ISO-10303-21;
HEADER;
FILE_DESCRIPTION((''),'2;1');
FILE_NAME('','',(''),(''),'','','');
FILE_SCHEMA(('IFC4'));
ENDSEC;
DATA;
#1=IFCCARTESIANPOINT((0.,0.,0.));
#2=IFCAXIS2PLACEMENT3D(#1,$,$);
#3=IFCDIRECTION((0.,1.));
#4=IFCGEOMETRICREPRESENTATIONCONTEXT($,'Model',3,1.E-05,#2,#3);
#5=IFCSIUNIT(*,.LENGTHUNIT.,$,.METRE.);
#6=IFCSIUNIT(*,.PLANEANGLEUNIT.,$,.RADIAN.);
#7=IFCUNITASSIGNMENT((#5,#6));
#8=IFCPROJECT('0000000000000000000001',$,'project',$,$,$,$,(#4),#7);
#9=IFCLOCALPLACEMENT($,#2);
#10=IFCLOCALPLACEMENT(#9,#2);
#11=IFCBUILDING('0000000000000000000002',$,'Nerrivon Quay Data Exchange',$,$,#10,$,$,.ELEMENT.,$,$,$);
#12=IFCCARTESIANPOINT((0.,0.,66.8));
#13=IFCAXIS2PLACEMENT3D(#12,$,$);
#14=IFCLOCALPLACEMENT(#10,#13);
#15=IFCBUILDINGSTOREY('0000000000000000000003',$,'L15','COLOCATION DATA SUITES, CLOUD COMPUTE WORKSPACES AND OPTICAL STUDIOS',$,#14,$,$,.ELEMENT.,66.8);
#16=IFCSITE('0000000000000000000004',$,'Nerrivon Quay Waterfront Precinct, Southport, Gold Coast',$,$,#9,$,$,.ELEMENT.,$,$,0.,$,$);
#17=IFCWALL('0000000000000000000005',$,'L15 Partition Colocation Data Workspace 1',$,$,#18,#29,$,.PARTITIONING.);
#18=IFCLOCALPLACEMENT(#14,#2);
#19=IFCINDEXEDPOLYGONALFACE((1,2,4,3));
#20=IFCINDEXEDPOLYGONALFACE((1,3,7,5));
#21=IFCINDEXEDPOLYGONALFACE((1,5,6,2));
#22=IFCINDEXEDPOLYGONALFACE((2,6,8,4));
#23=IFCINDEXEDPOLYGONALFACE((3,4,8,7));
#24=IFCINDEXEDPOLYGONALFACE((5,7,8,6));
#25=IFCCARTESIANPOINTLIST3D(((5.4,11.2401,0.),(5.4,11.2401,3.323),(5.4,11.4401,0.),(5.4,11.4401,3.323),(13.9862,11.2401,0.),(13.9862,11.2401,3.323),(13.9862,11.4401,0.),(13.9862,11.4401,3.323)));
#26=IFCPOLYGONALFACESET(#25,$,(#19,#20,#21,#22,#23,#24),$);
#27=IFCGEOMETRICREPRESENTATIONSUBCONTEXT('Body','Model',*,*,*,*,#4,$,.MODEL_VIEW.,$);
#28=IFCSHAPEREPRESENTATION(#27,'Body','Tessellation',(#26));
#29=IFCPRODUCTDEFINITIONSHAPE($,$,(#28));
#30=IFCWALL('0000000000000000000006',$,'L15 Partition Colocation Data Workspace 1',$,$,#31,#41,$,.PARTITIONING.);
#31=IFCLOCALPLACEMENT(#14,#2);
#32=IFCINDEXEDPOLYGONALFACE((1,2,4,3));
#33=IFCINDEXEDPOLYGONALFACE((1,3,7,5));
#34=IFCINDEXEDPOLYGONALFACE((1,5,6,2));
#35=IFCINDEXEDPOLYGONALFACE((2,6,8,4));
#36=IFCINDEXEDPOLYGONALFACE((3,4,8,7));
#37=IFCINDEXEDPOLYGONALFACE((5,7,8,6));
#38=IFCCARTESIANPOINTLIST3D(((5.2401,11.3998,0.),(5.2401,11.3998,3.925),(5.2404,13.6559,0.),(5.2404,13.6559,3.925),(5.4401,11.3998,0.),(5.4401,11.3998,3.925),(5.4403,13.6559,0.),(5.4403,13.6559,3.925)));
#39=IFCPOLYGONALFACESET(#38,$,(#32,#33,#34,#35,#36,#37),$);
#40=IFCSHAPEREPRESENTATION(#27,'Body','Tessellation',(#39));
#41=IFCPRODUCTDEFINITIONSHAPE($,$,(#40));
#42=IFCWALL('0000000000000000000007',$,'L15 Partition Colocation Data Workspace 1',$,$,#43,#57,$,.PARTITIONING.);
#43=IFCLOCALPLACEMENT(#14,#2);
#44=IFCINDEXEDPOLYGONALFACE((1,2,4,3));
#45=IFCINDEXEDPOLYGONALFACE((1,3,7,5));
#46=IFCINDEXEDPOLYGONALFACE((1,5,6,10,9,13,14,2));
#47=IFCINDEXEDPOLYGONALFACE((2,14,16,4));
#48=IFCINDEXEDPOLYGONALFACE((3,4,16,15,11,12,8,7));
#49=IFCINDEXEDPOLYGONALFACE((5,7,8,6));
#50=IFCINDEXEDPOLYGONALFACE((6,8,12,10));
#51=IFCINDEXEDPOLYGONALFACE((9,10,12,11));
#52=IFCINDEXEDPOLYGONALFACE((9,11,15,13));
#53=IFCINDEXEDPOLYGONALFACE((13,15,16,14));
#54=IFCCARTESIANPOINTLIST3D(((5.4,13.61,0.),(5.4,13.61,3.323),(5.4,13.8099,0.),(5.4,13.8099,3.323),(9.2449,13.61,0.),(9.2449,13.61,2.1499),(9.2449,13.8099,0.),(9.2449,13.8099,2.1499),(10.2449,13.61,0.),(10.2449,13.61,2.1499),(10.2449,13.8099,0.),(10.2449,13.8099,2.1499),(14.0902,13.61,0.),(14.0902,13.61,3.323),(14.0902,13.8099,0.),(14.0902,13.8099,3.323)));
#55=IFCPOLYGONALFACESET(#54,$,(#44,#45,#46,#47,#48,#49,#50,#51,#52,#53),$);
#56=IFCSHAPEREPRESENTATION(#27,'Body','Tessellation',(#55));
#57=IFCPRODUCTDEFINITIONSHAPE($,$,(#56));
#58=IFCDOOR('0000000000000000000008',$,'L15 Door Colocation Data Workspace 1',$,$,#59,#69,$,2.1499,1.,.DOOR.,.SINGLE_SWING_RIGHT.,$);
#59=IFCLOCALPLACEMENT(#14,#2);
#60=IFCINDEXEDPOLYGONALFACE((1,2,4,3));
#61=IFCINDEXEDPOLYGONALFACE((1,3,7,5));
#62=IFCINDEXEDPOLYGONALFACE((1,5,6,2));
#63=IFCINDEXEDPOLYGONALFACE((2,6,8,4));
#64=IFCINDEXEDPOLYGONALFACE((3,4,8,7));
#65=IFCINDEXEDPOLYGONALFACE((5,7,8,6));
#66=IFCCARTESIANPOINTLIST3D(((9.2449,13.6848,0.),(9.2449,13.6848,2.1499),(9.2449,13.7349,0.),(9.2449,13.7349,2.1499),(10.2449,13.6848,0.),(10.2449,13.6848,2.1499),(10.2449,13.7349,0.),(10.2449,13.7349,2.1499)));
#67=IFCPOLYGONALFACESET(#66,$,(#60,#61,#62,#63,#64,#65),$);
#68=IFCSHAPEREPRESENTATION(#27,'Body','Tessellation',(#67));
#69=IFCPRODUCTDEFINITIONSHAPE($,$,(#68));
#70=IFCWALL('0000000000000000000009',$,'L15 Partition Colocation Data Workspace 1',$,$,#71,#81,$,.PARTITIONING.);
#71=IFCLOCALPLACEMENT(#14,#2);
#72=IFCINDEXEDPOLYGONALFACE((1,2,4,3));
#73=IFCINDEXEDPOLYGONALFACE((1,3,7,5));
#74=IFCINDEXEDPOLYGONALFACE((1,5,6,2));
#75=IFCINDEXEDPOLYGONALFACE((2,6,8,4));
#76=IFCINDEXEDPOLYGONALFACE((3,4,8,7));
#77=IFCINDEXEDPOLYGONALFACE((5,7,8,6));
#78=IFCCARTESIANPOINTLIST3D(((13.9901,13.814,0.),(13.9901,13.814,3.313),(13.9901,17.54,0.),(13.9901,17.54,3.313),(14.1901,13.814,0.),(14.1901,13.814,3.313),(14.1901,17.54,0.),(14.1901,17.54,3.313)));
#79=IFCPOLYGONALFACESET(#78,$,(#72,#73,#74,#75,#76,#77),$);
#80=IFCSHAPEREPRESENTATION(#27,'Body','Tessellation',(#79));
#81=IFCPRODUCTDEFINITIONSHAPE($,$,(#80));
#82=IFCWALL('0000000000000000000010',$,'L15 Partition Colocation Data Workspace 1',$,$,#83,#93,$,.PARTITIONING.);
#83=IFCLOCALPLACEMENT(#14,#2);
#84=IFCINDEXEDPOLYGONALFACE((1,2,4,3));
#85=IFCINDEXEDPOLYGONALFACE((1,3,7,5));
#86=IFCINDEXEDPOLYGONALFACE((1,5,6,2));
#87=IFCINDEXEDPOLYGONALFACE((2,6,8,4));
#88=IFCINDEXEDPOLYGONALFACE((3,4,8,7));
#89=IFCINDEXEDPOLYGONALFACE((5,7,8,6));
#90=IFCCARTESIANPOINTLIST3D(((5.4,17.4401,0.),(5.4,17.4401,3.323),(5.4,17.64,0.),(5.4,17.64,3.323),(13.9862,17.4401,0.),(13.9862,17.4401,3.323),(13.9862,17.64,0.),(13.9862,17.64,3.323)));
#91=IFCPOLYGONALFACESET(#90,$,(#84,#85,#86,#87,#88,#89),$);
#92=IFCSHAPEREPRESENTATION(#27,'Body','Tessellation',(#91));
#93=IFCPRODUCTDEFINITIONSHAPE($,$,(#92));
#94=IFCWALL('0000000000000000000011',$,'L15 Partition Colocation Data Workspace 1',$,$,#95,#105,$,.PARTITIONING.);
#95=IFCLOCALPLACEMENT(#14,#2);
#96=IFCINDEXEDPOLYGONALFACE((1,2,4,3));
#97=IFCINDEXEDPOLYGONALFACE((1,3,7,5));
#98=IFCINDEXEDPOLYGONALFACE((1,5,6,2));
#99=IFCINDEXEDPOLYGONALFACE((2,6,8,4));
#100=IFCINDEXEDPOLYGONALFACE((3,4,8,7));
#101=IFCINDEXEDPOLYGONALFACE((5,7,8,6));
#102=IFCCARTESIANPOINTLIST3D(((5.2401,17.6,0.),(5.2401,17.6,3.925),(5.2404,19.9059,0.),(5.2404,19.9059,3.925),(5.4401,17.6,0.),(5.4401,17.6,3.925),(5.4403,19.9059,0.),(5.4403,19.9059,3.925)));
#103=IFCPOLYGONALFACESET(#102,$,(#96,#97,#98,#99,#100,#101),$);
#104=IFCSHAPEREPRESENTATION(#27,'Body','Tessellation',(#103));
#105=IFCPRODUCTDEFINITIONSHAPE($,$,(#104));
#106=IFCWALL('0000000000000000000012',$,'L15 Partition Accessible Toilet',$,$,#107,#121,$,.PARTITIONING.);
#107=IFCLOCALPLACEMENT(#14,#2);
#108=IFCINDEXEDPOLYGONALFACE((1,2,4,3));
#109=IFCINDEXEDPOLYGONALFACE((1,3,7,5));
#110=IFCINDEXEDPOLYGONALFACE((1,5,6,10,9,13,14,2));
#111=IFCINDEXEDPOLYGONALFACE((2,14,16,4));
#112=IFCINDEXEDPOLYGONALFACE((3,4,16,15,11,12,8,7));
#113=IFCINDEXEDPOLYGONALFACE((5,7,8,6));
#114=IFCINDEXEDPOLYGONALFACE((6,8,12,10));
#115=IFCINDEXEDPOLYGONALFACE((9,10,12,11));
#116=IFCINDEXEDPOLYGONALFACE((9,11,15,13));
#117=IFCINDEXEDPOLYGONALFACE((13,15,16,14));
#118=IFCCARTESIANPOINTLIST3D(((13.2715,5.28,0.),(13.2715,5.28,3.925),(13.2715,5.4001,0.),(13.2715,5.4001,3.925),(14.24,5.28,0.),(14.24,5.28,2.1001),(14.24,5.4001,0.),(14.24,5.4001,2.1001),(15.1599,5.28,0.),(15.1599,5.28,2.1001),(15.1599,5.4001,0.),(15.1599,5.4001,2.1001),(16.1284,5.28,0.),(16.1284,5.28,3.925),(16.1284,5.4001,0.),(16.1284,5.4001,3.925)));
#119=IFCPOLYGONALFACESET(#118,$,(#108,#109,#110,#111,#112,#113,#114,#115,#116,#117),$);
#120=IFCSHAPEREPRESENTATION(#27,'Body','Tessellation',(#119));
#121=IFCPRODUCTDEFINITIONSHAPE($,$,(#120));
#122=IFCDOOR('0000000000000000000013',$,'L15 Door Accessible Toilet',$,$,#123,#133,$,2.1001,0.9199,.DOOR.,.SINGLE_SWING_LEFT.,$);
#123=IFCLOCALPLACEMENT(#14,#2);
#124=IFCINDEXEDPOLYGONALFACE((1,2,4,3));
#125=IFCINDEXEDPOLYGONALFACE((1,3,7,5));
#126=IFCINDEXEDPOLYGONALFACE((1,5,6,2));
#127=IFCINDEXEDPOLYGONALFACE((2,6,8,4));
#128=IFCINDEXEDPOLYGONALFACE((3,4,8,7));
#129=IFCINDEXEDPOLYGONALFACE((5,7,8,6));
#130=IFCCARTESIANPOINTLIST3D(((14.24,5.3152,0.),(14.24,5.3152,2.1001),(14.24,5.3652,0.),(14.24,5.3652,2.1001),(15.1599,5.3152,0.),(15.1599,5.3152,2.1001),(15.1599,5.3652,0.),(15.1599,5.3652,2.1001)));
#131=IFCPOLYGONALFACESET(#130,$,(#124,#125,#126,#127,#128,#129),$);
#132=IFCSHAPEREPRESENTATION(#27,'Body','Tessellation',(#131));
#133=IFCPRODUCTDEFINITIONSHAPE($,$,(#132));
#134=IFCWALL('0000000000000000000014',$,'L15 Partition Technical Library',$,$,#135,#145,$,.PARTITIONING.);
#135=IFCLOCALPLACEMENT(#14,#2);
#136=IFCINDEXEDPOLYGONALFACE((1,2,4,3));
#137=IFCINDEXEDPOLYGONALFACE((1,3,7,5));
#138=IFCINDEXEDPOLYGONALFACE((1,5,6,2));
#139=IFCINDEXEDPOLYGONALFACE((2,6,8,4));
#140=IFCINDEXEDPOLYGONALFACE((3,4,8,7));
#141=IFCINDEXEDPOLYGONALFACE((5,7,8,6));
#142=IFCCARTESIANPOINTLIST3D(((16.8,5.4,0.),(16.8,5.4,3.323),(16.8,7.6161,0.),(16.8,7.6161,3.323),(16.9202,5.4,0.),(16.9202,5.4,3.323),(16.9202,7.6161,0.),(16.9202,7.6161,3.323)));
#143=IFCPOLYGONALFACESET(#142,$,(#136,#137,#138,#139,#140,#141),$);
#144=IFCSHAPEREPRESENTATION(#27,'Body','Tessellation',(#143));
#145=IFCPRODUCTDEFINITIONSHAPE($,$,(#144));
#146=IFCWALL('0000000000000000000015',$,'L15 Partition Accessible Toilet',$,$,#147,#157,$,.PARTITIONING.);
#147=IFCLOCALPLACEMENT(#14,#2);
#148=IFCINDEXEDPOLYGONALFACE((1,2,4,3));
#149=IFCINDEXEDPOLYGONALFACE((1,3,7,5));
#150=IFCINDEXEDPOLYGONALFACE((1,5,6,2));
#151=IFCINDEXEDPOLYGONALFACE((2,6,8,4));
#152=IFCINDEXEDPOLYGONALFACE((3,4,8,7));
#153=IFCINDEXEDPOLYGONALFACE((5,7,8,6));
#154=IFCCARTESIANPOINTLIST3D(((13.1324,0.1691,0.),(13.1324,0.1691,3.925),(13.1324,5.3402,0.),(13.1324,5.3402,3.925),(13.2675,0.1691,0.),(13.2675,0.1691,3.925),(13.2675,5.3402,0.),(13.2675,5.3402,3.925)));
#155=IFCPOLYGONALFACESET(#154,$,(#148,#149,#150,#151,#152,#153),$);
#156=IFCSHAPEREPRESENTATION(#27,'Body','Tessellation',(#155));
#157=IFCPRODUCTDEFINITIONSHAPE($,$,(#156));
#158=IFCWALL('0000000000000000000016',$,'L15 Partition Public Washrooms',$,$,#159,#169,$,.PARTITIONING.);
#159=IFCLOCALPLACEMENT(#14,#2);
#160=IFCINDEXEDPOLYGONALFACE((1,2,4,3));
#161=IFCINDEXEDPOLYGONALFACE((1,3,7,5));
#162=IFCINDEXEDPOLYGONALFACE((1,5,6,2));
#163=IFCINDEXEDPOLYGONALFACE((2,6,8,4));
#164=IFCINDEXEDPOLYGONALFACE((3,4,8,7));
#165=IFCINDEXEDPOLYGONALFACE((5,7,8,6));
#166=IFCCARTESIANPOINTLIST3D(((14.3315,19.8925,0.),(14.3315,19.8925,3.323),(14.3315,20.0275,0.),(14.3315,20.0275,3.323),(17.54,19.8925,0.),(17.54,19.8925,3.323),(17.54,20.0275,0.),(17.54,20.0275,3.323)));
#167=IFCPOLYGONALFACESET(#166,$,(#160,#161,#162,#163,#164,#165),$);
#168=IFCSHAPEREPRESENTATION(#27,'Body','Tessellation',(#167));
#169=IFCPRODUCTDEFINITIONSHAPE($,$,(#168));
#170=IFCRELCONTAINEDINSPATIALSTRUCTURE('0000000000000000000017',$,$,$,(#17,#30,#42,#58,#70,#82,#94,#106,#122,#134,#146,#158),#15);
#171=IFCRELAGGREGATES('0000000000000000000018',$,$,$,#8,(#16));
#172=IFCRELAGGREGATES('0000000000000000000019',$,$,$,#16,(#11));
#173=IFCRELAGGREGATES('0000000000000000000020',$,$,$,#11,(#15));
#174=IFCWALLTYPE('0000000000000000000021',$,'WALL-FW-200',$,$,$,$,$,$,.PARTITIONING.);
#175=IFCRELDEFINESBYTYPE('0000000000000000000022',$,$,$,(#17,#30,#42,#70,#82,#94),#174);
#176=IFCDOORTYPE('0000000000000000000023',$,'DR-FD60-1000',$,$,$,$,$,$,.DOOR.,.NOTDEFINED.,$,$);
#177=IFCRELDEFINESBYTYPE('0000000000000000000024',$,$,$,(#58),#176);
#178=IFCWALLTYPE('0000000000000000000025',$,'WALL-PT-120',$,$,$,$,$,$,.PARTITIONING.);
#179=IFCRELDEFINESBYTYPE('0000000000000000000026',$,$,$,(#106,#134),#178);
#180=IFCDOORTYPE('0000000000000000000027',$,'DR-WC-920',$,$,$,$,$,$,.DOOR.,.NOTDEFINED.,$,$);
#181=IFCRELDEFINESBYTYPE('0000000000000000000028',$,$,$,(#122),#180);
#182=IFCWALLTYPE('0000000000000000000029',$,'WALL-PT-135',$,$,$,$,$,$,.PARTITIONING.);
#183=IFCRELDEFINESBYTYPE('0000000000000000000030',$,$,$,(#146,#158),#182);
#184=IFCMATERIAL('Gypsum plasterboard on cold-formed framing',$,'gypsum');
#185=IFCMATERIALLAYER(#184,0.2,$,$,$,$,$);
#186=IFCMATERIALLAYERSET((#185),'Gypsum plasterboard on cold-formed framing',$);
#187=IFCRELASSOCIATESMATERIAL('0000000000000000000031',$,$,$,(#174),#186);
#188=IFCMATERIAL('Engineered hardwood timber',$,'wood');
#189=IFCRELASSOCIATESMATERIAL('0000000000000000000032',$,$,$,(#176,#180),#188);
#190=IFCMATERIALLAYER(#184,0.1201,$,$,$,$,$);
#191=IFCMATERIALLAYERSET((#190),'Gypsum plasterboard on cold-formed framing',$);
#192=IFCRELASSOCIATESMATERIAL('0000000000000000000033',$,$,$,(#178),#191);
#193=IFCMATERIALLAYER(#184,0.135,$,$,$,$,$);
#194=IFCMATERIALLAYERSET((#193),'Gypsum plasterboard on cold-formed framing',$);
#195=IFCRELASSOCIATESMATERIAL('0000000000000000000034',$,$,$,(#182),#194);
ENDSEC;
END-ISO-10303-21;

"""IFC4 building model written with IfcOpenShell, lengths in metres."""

from ifc_helpers import new_model, si_unit, direction, frame, frame_2d, origin, place, context, subcontext, project, spatial, rectangle, extrude, material, layer, layer_set, type_object, element, fill, save


model = new_model("IFC4")

# Units and contexts
model_context = context("Model", 3, precision=1e-05, world=origin(), true_north=direction((0.0, 1.0)))
body_context = subcontext(model_context, "Body", "Model", "MODEL_VIEW")
ifc_project = project(units=[si_unit("LENGTHUNIT", "METRE"), si_unit("PLANEANGLEUNIT", "RADIAN")], contexts=[model_context])

# Site, building, storey
site_placement = place(None, origin())
site = spatial("IfcSite", under=ifc_project, at=site_placement, Name="Nerrivon Quay Waterfront Precinct, Southport, Gold Coast", CompositionType="ELEMENT", RefElevation=0.0)
building_placement = place(site_placement, origin())
building = spatial("IfcBuilding", under=site, at=building_placement, Name="Nerrivon Quay Data Exchange", CompositionType="ELEMENT")
storey_placement = place(building_placement, frame((0.0, 0.0, 66.8)))
storey = spatial("IfcBuildingStorey", under=building, at=storey_placement, Name="L15", Description="COLOCATION DATA SUITES, CLOUD COMPUTE WORKSPACES AND OPTICAL STUDIOS", CompositionType="ELEMENT", Elevation=66.8)

# Walls
ifc_material_1 = material(Name="Gypsum plasterboard on cold-formed framing", Category="gypsum")
ifc_layer_1 = layer(ifc_material_1, 0.2)
ifc_layer_set_1 = layer_set([ifc_layer_1], Name="Gypsum plasterboard on cold-formed framing")
wall_type_1 = type_object("IfcWallType", Name="WALL-FW-200", PredefinedType="PARTITIONING", material=ifc_layer_set_1)
wall_1_placement = place(storey_placement, frame((13.9861, 11.3401, 0.0), z_axis=(0.0, 0.0, 1.0), x_axis=(-1.0, 0.0, 0.0)))
element("IfcWall", 1, at=wall_1_placement, inside=storey, type_object=wall_type_1, Name="L15 Partition Colocation Data Workspace 1", PredefinedType="PARTITIONING", context=body_context, shape_type="SweptSolid", body=[
    extrude(rectangle(XDim=8.5862, YDim=0.2, at=frame_2d((4.293, 0.0))), origin(), (0.0, 0.0, 1.0), 3.323),
])
wall_2_placement = place(storey_placement, frame((5.3401, 11.3999, 0.0), z_axis=(0.0, 0.0, 1.0), x_axis=(0.000108, 1.0, 0.0)))
element("IfcWall", 2, at=wall_2_placement, inside=storey, type_object=wall_type_1, Name="L15 Partition Colocation Data Workspace 1", PredefinedType="PARTITIONING", context=body_context, shape_type="SweptSolid", body=[
    extrude(rectangle(XDim=2.2561, YDim=0.2, at=frame_2d((1.1279, 0.0))), origin(), (0.0, 0.0, 1.0), 3.925),
])

# Wall, opening, door
wall_3_placement = place(storey_placement, frame((5.3999, 13.71, 0.0), z_axis=(0.0, 0.0, 1.0), x_axis=(1.0, 0.0, 0.0)))
wall_3 = element("IfcWall", 3, at=wall_3_placement, inside=storey, type_object=wall_type_1, Name="L15 Partition Colocation Data Workspace 1", PredefinedType="PARTITIONING", context=body_context, shape_type="SweptSolid", body=[
    extrude(rectangle(XDim=8.6902, YDim=0.2, at=frame_2d((4.3452, 0.0))), origin(), (0.0, 0.0, 1.0), 3.323),
])
opening_1_placement = place(wall_3_placement, frame((3.845, 0.0, 0.0)))
opening_1 = element("IfcOpeningElement", 4, at=opening_1_placement, cuts=wall_3, PredefinedType="OPENING", context=body_context, shape_type="SweptSolid", body=[
    extrude(rectangle(XDim=1.0, YDim=2.1499, at=frame_2d((0.5, 1.075))), frame((0.0, 0.1099, 0.0), z_axis=(0.0, -1.0, 0.0), x_axis=(1.0, 0.0, 0.0)), (0.0, 0.0, 1.0), 0.22),
])
ifc_material_2 = material(Name="Engineered hardwood timber", Category="wood")
door_type_1 = type_object("IfcDoorType", Name="DR-FD60-1000", OperationType="NOTDEFINED", PredefinedType="DOOR", material=ifc_material_2)
door_1_placement = place(opening_1_placement, origin())
door_1 = element("IfcDoor", 5, at=door_1_placement, inside=storey, type_object=door_type_1, Name="L15 Door Colocation Data Workspace 1", OperationType="SINGLE_SWING_RIGHT", OverallHeight=2.1499, OverallWidth=1.0, PredefinedType="DOOR", context=body_context, shape_type="SweptSolid", body=[
    extrude(rectangle(XDim=1.0, YDim=2.1499, at=frame_2d((0.5, 1.075))), frame((0.0, 0.0249, 0.0), z_axis=(0.0, -1.0, 0.0), x_axis=(1.0, 0.0, 0.0)), (0.0, 0.0, 1.0), 0.05),
])
fill(opening_1, door_1)

# Walls
wall_4_placement = place(storey_placement, frame((14.0901, 13.814, 0.0), z_axis=(0.0, 0.0, 1.0), x_axis=(0.0, 1.0, 0.0)))
element("IfcWall", 6, at=wall_4_placement, inside=storey, type_object=wall_type_1, Name="L15 Partition Colocation Data Workspace 1", PredefinedType="PARTITIONING", context=body_context, shape_type="SweptSolid", body=[
    extrude(rectangle(XDim=3.7261, YDim=0.2, at=frame_2d((1.863, 0.0))), origin(), (0.0, 0.0, 1.0), 3.313),
])
wall_5_placement = place(storey_placement, frame((13.9861, 17.54, 0.0), z_axis=(0.0, 0.0, 1.0), x_axis=(-1.0, 0.0, 0.0)))
element("IfcWall", 7, at=wall_5_placement, inside=storey, type_object=wall_type_1, Name="L15 Partition Colocation Data Workspace 1", PredefinedType="PARTITIONING", context=body_context, shape_type="SweptSolid", body=[
    extrude(rectangle(XDim=8.5862, YDim=0.2, at=frame_2d((4.293, 0.0))), origin(), (0.0, 0.0, 1.0), 3.323),
])
wall_6_placement = place(storey_placement, frame((5.3401, 17.6001, 0.0), z_axis=(0.0, 0.0, 1.0), x_axis=(0.000106, 1.0, 0.0)))
element("IfcWall", 8, at=wall_6_placement, inside=storey, type_object=wall_type_1, Name="L15 Partition Colocation Data Workspace 1", PredefinedType="PARTITIONING", context=body_context, shape_type="SweptSolid", body=[
    extrude(rectangle(XDim=2.3059, YDim=0.2, at=frame_2d((1.1528, 0.0))), origin(), (0.0, 0.0, 1.0), 3.925),
])

# Wall, opening, door
ifc_layer_2 = layer(ifc_material_1, 0.1201)
ifc_layer_set_2 = layer_set([ifc_layer_2], Name="Gypsum plasterboard on cold-formed framing")
wall_type_2 = type_object("IfcWallType", Name="WALL-PT-120", PredefinedType="PARTITIONING", material=ifc_layer_set_2)
wall_7_placement = place(storey_placement, frame((16.1284, 5.3401, 0.0), z_axis=(0.0, 0.0, 1.0), x_axis=(-1.0, 0.0, 0.0)))
wall_7 = element("IfcWall", 9, at=wall_7_placement, inside=storey, type_object=wall_type_2, Name="L15 Partition Accessible Toilet", PredefinedType="PARTITIONING", context=body_context, shape_type="SweptSolid", body=[
    extrude(rectangle(XDim=2.8569, YDim=0.1201, at=frame_2d((1.4285, 0.0))), origin(), (0.0, 0.0, 1.0), 3.925),
])
opening_2_placement = place(wall_7_placement, frame((0.9685, 0.0, 0.0)))
opening_2 = element("IfcOpeningElement", 10, at=opening_2_placement, cuts=wall_7, PredefinedType="OPENING", context=body_context, shape_type="SweptSolid", body=[
    extrude(rectangle(XDim=0.9199, YDim=2.1001, at=frame_2d((0.46, 1.05))), frame((0.0, 0.0701, 0.0), z_axis=(0.0, -1.0, 0.0), x_axis=(1.0, 0.0, 0.0)), (0.0, 0.0, 1.0), 0.1401),
])
door_type_2 = type_object("IfcDoorType", Name="DR-WC-920", OperationType="NOTDEFINED", PredefinedType="DOOR", material=ifc_material_2)
door_2_placement = place(opening_2_placement, origin())
door_2 = element("IfcDoor", 11, at=door_2_placement, inside=storey, type_object=door_type_2, Name="L15 Door Accessible Toilet", OperationType="SINGLE_SWING_LEFT", OverallHeight=2.1001, OverallWidth=0.9199, PredefinedType="DOOR", context=body_context, shape_type="SweptSolid", body=[
    extrude(rectangle(XDim=0.9199, YDim=2.1001, at=frame_2d((0.46, 1.05))), frame((0.0, 0.0249, 0.0), z_axis=(0.0, -1.0, 0.0), x_axis=(1.0, 0.0, 0.0)), (0.0, 0.0, 1.0), 0.05),
])
fill(opening_2, door_2)

# Walls
wall_8_placement = place(storey_placement, frame((16.8601, 7.616, 0.0), z_axis=(0.0, 0.0, 1.0), x_axis=(0.0, -1.0, 0.0)))
element("IfcWall", 12, at=wall_8_placement, inside=storey, type_object=wall_type_2, Name="L15 Partition Technical Library", PredefinedType="PARTITIONING", context=body_context, shape_type="SweptSolid", body=[
    extrude(rectangle(XDim=2.2161, YDim=0.1201, at=frame_2d((1.1079, 0.0))), origin(), (0.0, 0.0, 1.0), 3.323),
])
ifc_layer_3 = layer(ifc_material_1, 0.135)
ifc_layer_set_3 = layer_set([ifc_layer_3], Name="Gypsum plasterboard on cold-formed framing")
wall_type_3 = type_object("IfcWallType", Name="WALL-PT-135", PredefinedType="PARTITIONING", material=ifc_layer_set_3)
wall_9_placement = place(storey_placement, frame((13.2, 5.3401, 0.0), z_axis=(0.0, 0.0, 1.0), x_axis=(0.0, -1.0, 0.0)))
element("IfcWall", 13, at=wall_9_placement, inside=storey, type_object=wall_type_3, Name="L15 Partition Accessible Toilet", PredefinedType="PARTITIONING", context=body_context, shape_type="SweptSolid", body=[
    extrude(rectangle(XDim=5.1711, YDim=0.135, at=frame_2d((2.5854, 0.0))), origin(), (0.0, 0.0, 1.0), 3.925),
])
wall_10_placement = place(storey_placement, frame((14.3315, 19.96, 0.0), z_axis=(0.0, 0.0, 1.0), x_axis=(1.0, 0.0, 0.0)))
element("IfcWall", 14, at=wall_10_placement, inside=storey, type_object=wall_type_3, Name="L15 Partition Public Washrooms", PredefinedType="PARTITIONING", context=body_context, shape_type="SweptSolid", body=[
    extrude(rectangle(XDim=3.2085, YDim=0.135, at=frame_2d((1.6042, 0.0))), origin(), (0.0, 0.0, 1.0), 3.323),
])

save(model, "model.ifc")
